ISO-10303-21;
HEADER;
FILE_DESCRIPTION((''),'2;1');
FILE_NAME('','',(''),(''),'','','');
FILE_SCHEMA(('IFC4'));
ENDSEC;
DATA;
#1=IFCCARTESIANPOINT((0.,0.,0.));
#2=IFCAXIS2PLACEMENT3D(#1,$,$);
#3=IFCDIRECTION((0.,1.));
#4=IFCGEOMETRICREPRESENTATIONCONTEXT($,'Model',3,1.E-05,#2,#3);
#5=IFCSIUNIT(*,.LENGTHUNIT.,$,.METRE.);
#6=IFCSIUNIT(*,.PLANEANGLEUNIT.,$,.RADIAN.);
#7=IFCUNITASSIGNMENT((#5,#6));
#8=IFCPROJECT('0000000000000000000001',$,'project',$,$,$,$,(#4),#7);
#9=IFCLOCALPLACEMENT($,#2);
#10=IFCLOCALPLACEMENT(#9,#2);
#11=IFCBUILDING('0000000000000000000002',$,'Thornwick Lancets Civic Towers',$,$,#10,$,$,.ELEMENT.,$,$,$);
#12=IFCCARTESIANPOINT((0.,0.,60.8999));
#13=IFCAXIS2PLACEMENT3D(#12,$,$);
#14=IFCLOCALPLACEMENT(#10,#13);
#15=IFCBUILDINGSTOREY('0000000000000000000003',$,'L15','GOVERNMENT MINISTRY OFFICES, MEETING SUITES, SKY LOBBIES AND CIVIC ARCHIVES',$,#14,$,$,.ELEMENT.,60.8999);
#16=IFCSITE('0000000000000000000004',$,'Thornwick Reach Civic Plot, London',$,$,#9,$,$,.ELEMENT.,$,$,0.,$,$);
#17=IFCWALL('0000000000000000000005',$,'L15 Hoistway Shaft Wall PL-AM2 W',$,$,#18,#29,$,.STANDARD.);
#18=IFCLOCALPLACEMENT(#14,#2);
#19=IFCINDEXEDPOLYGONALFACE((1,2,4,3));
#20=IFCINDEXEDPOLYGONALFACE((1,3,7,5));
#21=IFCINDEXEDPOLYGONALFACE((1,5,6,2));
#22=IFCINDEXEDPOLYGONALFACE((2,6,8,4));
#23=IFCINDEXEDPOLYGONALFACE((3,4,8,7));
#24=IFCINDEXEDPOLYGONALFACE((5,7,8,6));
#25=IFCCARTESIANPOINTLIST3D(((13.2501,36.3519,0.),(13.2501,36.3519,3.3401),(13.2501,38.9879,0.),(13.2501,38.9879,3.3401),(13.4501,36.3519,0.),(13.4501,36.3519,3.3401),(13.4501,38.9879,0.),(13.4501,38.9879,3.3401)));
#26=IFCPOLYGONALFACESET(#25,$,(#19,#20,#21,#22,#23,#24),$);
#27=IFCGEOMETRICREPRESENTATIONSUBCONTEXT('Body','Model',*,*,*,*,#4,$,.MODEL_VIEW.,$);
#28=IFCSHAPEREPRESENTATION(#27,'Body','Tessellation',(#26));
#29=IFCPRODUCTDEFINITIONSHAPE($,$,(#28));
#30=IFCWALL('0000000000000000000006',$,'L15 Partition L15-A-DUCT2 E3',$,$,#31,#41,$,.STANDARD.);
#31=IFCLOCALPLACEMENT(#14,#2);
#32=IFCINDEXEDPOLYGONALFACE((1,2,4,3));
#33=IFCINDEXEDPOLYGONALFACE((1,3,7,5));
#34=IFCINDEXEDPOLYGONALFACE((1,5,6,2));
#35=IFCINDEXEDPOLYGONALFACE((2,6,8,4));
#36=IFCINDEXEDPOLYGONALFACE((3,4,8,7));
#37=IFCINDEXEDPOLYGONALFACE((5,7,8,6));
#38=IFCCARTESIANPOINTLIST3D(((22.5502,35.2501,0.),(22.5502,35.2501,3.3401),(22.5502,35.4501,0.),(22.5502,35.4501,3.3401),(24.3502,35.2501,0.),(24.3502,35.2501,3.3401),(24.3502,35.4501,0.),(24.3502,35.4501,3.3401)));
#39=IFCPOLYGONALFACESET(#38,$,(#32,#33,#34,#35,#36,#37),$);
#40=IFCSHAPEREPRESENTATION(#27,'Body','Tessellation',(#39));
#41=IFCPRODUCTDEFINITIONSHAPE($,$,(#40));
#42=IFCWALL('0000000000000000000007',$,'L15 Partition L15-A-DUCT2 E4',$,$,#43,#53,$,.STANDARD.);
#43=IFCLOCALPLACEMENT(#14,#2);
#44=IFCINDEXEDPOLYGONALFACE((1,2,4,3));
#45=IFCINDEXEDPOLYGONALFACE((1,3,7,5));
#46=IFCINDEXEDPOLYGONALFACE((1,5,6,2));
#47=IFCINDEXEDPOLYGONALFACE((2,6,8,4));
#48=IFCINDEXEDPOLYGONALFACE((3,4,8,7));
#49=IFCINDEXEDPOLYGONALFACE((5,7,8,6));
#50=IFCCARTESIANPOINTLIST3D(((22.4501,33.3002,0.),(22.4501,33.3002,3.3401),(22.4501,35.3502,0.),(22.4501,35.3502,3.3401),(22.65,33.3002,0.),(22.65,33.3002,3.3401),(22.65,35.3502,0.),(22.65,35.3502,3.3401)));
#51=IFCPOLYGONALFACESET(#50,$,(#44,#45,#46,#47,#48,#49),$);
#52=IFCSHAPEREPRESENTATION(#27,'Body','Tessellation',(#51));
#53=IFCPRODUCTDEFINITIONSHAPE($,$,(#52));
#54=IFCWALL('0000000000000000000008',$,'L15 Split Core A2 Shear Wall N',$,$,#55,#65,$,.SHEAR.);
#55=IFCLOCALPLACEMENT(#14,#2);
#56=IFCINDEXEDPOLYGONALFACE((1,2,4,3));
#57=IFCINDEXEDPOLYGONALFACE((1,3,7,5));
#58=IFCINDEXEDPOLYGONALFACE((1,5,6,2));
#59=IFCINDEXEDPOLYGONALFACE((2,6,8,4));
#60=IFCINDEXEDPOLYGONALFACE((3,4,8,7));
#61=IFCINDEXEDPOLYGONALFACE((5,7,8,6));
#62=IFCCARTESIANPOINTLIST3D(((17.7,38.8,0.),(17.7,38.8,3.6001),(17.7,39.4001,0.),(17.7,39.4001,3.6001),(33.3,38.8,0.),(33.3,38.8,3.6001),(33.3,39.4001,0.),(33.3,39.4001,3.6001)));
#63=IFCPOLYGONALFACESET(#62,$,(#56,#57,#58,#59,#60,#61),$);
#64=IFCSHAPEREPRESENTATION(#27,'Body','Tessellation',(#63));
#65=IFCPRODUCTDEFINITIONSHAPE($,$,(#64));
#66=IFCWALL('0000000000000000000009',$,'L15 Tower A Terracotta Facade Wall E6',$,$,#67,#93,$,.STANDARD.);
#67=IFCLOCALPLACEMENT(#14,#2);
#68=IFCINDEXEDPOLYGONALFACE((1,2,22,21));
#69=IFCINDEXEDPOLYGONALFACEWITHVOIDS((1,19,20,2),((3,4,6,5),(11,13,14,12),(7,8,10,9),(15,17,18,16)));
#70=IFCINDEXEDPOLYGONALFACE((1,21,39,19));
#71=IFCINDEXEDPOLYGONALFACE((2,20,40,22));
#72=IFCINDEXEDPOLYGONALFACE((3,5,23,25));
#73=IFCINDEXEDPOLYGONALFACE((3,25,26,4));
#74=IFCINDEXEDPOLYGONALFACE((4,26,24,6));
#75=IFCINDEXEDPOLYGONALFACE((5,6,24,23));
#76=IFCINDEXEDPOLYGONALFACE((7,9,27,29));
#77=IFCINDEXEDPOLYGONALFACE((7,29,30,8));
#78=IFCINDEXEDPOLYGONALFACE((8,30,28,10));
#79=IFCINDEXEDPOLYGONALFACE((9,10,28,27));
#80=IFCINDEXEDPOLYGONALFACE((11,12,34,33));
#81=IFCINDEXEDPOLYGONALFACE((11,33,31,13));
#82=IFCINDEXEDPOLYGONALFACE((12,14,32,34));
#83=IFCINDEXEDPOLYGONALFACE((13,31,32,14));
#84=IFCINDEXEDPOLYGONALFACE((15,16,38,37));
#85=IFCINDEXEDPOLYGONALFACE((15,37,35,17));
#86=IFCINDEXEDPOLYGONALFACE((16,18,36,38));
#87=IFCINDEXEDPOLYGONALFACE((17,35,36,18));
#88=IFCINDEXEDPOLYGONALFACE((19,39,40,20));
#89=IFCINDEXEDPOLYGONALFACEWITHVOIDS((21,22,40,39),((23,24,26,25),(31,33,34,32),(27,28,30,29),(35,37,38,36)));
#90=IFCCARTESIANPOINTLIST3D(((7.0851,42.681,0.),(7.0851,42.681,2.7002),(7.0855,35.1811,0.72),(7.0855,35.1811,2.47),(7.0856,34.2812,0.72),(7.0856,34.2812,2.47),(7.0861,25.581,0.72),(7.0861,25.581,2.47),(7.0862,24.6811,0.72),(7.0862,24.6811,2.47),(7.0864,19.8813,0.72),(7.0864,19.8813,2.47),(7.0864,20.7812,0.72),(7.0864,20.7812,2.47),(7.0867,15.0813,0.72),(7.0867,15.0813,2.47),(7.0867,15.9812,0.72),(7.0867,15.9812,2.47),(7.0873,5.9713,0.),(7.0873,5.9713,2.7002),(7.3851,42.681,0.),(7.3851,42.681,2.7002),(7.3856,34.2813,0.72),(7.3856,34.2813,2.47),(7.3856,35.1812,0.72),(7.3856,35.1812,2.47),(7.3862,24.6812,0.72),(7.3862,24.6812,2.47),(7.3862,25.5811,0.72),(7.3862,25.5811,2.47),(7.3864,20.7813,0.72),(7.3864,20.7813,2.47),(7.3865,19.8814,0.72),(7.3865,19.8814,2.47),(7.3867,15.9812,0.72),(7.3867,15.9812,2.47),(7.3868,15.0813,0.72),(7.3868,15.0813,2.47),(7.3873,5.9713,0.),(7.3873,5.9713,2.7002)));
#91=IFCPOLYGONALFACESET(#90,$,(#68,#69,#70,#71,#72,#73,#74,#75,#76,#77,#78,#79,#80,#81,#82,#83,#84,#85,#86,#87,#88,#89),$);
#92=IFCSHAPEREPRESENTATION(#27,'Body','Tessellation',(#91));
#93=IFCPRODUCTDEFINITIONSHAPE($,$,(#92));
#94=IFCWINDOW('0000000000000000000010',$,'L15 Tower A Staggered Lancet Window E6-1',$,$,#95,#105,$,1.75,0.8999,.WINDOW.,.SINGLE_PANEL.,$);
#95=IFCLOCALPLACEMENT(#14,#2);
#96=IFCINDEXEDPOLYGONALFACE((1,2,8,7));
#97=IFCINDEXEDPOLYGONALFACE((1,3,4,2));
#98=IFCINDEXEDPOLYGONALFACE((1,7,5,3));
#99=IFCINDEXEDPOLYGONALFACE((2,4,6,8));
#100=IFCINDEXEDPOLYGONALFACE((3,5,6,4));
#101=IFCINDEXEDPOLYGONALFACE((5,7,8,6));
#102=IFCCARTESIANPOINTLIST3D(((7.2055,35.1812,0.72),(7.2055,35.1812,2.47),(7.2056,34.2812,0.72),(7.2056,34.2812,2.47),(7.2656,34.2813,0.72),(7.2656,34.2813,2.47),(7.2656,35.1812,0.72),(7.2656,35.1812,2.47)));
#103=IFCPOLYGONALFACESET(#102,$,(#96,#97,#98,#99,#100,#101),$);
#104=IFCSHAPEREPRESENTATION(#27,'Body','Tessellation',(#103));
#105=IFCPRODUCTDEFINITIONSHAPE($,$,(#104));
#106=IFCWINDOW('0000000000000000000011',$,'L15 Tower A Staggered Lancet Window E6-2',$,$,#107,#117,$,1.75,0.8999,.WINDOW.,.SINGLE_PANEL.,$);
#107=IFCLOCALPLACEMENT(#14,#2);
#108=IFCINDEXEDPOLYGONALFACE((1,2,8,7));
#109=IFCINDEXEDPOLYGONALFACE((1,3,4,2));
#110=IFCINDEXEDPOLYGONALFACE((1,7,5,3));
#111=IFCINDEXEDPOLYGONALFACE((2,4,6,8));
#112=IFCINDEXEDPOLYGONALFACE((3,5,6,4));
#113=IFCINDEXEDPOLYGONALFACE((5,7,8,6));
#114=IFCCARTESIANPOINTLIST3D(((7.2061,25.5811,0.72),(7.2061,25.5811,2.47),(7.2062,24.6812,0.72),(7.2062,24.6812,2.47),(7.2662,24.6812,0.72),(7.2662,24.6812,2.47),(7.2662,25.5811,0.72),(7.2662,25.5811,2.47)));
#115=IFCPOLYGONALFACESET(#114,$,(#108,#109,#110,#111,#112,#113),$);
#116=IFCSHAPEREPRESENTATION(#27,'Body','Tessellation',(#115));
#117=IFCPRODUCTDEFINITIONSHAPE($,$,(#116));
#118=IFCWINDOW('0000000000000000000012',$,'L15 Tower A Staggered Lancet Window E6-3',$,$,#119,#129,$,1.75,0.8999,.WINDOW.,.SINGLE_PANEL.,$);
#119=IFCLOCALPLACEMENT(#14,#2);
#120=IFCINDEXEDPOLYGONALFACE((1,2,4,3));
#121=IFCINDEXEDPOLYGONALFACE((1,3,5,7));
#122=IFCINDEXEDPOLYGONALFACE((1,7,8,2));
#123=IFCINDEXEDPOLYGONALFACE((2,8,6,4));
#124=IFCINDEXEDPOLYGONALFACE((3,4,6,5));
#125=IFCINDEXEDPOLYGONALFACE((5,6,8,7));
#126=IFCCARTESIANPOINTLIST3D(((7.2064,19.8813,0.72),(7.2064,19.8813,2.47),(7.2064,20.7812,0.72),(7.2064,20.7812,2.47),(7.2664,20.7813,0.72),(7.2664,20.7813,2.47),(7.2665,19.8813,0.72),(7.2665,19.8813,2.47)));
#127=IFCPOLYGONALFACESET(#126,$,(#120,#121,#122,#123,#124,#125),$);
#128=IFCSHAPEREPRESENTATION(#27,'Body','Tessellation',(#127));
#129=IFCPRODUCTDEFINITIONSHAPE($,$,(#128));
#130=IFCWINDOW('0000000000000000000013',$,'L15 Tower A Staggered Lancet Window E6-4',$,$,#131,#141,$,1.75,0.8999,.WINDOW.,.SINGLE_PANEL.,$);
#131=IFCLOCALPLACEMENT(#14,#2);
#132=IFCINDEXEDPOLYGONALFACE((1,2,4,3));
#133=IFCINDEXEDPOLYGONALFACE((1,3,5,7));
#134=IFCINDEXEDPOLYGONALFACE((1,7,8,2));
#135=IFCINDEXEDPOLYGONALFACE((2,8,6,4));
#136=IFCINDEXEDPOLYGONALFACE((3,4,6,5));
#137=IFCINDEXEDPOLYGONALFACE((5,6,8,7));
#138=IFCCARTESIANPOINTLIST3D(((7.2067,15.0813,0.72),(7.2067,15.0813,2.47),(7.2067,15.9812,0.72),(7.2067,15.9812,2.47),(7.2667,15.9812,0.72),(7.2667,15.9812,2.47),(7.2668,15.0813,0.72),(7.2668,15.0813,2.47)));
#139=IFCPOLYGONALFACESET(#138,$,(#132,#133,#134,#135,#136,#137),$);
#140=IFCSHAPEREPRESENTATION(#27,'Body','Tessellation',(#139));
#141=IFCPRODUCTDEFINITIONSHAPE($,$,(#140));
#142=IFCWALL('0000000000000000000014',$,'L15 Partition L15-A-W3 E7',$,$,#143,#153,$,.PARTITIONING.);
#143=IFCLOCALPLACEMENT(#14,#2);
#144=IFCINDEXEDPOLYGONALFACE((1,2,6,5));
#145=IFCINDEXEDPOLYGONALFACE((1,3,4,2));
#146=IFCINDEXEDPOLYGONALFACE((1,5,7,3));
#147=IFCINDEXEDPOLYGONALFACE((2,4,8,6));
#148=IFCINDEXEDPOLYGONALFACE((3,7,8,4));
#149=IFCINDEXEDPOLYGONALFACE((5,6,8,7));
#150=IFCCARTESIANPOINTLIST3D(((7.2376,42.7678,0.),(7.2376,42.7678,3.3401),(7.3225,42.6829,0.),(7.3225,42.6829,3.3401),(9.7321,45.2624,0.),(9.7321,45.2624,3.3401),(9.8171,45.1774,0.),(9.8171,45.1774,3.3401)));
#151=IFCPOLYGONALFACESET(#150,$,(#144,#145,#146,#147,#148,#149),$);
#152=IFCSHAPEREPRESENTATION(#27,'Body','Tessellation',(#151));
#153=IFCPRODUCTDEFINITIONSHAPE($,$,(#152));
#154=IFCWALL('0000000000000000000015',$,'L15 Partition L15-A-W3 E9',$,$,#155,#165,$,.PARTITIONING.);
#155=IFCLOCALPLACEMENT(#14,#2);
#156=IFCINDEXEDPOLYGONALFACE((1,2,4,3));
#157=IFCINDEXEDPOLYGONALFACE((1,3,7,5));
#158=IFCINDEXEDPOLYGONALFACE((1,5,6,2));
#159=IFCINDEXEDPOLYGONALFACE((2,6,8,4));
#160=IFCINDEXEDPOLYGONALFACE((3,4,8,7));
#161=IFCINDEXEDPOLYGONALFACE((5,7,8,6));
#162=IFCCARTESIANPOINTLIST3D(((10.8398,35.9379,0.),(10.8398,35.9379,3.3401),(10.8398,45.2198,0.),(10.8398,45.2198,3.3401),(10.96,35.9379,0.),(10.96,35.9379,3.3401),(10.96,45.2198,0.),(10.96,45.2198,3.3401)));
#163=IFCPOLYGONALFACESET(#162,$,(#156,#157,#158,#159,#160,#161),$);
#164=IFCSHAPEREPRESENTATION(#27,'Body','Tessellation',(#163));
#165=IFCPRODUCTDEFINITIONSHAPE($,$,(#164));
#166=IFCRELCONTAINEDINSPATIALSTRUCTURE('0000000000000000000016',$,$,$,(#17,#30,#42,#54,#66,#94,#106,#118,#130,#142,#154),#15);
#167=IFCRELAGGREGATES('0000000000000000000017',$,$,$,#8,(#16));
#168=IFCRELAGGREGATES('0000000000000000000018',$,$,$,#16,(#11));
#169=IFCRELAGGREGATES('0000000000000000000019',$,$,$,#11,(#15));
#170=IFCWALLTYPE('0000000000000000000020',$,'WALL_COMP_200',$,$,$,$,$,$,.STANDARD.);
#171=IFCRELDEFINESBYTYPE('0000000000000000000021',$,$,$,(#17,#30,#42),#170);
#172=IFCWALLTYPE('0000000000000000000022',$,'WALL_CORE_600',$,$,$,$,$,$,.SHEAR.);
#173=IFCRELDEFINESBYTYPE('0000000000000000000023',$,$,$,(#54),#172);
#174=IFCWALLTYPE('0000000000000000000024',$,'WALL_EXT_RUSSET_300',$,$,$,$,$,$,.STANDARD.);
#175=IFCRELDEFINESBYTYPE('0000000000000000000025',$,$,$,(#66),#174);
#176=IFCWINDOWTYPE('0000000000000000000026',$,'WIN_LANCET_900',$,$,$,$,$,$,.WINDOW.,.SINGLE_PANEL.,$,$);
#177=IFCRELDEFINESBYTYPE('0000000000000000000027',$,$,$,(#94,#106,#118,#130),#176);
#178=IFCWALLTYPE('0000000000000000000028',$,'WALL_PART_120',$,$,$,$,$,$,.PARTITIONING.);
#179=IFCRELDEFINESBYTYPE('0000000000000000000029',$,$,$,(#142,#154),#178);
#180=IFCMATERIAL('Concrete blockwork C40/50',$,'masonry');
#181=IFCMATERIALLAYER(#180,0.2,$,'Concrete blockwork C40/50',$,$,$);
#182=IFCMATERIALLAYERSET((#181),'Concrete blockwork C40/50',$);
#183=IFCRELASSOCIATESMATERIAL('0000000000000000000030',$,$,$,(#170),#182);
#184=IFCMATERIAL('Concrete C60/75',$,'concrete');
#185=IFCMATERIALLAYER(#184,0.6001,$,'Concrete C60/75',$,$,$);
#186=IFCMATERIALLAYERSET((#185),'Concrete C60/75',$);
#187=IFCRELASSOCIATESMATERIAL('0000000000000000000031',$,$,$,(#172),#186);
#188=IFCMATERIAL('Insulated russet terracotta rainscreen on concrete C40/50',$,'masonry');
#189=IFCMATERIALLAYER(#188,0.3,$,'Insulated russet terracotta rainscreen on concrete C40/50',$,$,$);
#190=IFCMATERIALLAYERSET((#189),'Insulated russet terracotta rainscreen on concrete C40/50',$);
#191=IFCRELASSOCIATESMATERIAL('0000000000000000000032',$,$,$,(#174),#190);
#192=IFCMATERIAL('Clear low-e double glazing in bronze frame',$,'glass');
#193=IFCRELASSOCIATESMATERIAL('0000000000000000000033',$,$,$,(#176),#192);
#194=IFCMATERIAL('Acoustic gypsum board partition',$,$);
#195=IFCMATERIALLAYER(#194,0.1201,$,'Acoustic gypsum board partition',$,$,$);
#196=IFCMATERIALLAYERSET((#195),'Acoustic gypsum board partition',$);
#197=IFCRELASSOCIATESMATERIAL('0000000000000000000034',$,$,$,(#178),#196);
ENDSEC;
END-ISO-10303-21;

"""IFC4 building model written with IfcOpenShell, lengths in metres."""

from ifc_helpers import new_model, si_unit, direction, frame, frame_2d, origin, place, context, subcontext, project, spatial, rectangle, extrude, material, layer, layer_set, type_object, element, fill, save


model = new_model("IFC4")

# Units and contexts
model_context = context("Model", 3, precision=1e-05, world=origin(), true_north=direction((0.0, 1.0)))
body_context = subcontext(model_context, "Body", "Model", "MODEL_VIEW")
ifc_project = project(units=[si_unit("LENGTHUNIT", "METRE"), si_unit("PLANEANGLEUNIT", "RADIAN")], contexts=[model_context])

# Site, building, storey
site_placement = place(None, origin())
site = spatial("IfcSite", under=ifc_project, at=site_placement, Name="Thornwick Reach Civic Plot, London", CompositionType="ELEMENT", RefElevation=0.0)
building_placement = place(site_placement, origin())
building = spatial("IfcBuilding", under=site, at=building_placement, Name="Thornwick Lancets Civic Towers", CompositionType="ELEMENT")
storey_placement = place(building_placement, frame((0.0, 0.0, 60.8999)))
storey = spatial("IfcBuildingStorey", under=building, at=storey_placement, Name="L15", Description="GOVERNMENT MINISTRY OFFICES, MEETING SUITES, SKY LOBBIES AND CIVIC ARCHIVES", CompositionType="ELEMENT", Elevation=60.8999)

# Shared definitions
ifc_material_1 = material(Name="Concrete C60/75", Category="concrete")

# Shared definitions
ifc_material_2 = material(Name="Concrete blockwork C40/50", Category="masonry")
ifc_layer_1 = layer(ifc_material_2, 0.2, Name="Concrete blockwork C40/50")
ifc_layer_set_1 = layer_set([ifc_layer_1], Name="Concrete blockwork C40/50")
wall_type_1 = type_object("IfcWallType", Name="WALL_COMP_200", PredefinedType="STANDARD", material=ifc_layer_set_1)

# Walls
for number, where, z_axis, x_axis, name in (
    (1, (13.3501, 36.3521, 0.0), (0.0, 0.0, 1.0), (0.0, 1.0, 0.0), "L15 Hoistway Shaft Wall PL-AM2 W"),
):
    element("IfcWall", number, at=place(storey_placement, frame(where, z_axis=z_axis, x_axis=x_axis)), inside=storey, type_object=wall_type_1, Name=name, PredefinedType="STANDARD", context=body_context, shape_type="SweptSolid", body=[
        extrude(rectangle(XDim=2.636, YDim=0.2, at=frame_2d((1.3179, 0.0))), origin(), (0.0, 0.0, 1.0), 3.3401),
    ])
wall_1_placement = place(storey_placement, frame((24.3501, 35.3501, 0.0), z_axis=(0.0, 0.0, 1.0), x_axis=(-1.0, 0.0, 0.0)))
element("IfcWall", 2, at=wall_1_placement, inside=storey, type_object=wall_type_1, Name="L15 Partition L15-A-DUCT2 E3", PredefinedType="STANDARD", context=body_context, shape_type="SweptSolid", body=[
    extrude(rectangle(XDim=1.8, YDim=0.2, at=frame_2d((0.8999, 0.0))), origin(), (0.0, 0.0, 1.0), 3.3401),
])
wall_2_placement = place(storey_placement, frame((22.55, 35.3501, 0.0), z_axis=(0.0, 0.0, 1.0), x_axis=(0.0, -1.0, 0.0)))
element("IfcWall", 3, at=wall_2_placement, inside=storey, type_object=wall_type_1, Name="L15 Partition L15-A-DUCT2 E4", PredefinedType="STANDARD", context=body_context, shape_type="SweptSolid", body=[
    extrude(rectangle(XDim=2.05, YDim=0.2, at=frame_2d((1.0249, 0.0))), origin(), (0.0, 0.0, 1.0), 3.3401),
])
ifc_layer_2 = layer(ifc_material_1, 0.6001, Name="Concrete C60/75")
ifc_layer_set_2 = layer_set([ifc_layer_2], Name="Concrete C60/75")
wall_type_2 = type_object("IfcWallType", Name="WALL_CORE_600", PredefinedType="SHEAR", material=ifc_layer_set_2)
wall_3_placement = place(storey_placement, frame((17.7, 39.1001, 0.0), z_axis=(0.0, 0.0, 1.0), x_axis=(1.0, 0.0, 0.0)))
element("IfcWall", 4, at=wall_3_placement, inside=storey, type_object=wall_type_2, Name="L15 Split Core A2 Shear Wall N", PredefinedType="SHEAR", context=body_context, shape_type="SweptSolid", body=[
    extrude(rectangle(XDim=15.6001, YDim=0.6001, at=frame_2d((7.8, 0.0))), origin(), (0.0, 0.0, 1.0), 3.6001),
])

# Wall, openings, windows
ifc_material_3 = material(Name="Insulated russet terracotta rainscreen on concrete C40/50", Category="masonry")
ifc_layer_3 = layer(ifc_material_3, 0.3, Name="Insulated russet terracotta rainscreen on concrete C40/50")
ifc_layer_set_3 = layer_set([ifc_layer_3], Name="Insulated russet terracotta rainscreen on concrete C40/50")
wall_type_3 = type_object("IfcWallType", Name="WALL_EXT_RUSSET_300", PredefinedType="STANDARD", material=ifc_layer_set_3)
wall_4_placement = place(storey_placement, frame((7.2351, 42.6812, 0.0), z_axis=(0.0, 0.0, 1.0), x_axis=(0.00006, -1.0, 0.0)))
wall_4 = element("IfcWall", 5, at=wall_4_placement, inside=storey, type_object=wall_type_3, Name="L15 Tower A Terracotta Facade Wall E6", PredefinedType="STANDARD", context=body_context, shape_type="SweptSolid", body=[
    extrude(rectangle(XDim=36.7097, YDim=0.3, at=frame_2d((18.355, 0.0))), origin(), (0.0, 0.0, 1.0), 2.7002),
])
opening_1_placement = place(wall_4_placement, frame((7.5, 0.0, 0.72)))
opening_1 = element("IfcOpeningElement", 6, at=opening_1_placement, cuts=wall_4, PredefinedType="OPENING", context=body_context, shape_type="SweptSolid", body=[
    extrude(rectangle(XDim=0.8999, YDim=1.75, at=frame_2d((0.45, 0.875))), frame((0.0, 0.1602, 0.0), z_axis=(0.0, -1.0, 0.0), x_axis=(1.0, 0.0, 0.0)), (0.0, 0.0, 1.0), 0.3201),
])
opening_2_placement = place(wall_4_placement, frame((17.1001, 0.0, 0.72)))
opening_2 = element("IfcOpeningElement", 7, at=opening_2_placement, cuts=wall_4, PredefinedType="OPENING", context=body_context, shape_type="SweptSolid", body=[
    extrude(rectangle(XDim=0.8999, YDim=1.75, at=frame_2d((0.45, 0.875))), frame((0.0, 0.1602, 0.0), z_axis=(0.0, -1.0, 0.0), x_axis=(1.0, 0.0, 0.0)), (0.0, 0.0, 1.0), 0.3201),
])
opening_3_placement = place(wall_4_placement, frame((21.8999, 0.0, 0.72)))
opening_3 = element("IfcOpeningElement", 8, at=opening_3_placement, cuts=wall_4, PredefinedType="OPENING", context=body_context, shape_type="SweptSolid", body=[
    extrude(rectangle(XDim=0.8999, YDim=1.75, at=frame_2d((0.45, 0.875))), frame((0.0, 0.1602, 0.0), z_axis=(0.0, -1.0, 0.0), x_axis=(1.0, 0.0, 0.0)), (0.0, 0.0, 1.0), 0.3201),
])
opening_4_placement = place(wall_4_placement, frame((26.7, 0.0, 0.72)))
opening_4 = element("IfcOpeningElement", 9, at=opening_4_placement, cuts=wall_4, PredefinedType="OPENING", context=body_context, shape_type="SweptSolid", body=[
    extrude(rectangle(XDim=0.8999, YDim=1.75, at=frame_2d((0.45, 0.875))), frame((0.0, 0.1602, 0.0), z_axis=(0.0, -1.0, 0.0), x_axis=(1.0, 0.0, 0.0)), (0.0, 0.0, 1.0), 0.3201),
])
ifc_material_4 = material(Name="Clear low-e double glazing in bronze frame", Category="glass")
window_type = type_object("IfcWindowType", Name="WIN_LANCET_900", PartitioningType="SINGLE_PANEL", PredefinedType="WINDOW", material=ifc_material_4)
window_1_placement = place(opening_1_placement, origin())
window_1 = element("IfcWindow", 10, at=window_1_placement, inside=storey, type_object=window_type, Name="L15 Tower A Staggered Lancet Window E6-1", OverallHeight=1.75, OverallWidth=0.8999, PartitioningType="SINGLE_PANEL", PredefinedType="WINDOW", context=body_context, shape_type="SweptSolid", body=[
    extrude(rectangle(XDim=0.8999, YDim=1.75, at=frame_2d((0.45, 0.875))), frame((0.0, 0.03, 0.0), z_axis=(0.0, -1.0, 0.0), x_axis=(1.0, 0.0, 0.0)), (0.0, 0.0, 1.0), 0.0601),
])
fill(opening_1, window_1)
window_2_placement = place(opening_2_placement, origin())
window_2 = element("IfcWindow", 11, at=window_2_placement, inside=storey, type_object=window_type, Name="L15 Tower A Staggered Lancet Window E6-2", OverallHeight=1.75, OverallWidth=0.8999, PartitioningType="SINGLE_PANEL", PredefinedType="WINDOW", context=body_context, shape_type="SweptSolid", body=[
    extrude(rectangle(XDim=0.8999, YDim=1.75, at=frame_2d((0.45, 0.875))), frame((0.0, 0.03, 0.0), z_axis=(0.0, -1.0, 0.0), x_axis=(1.0, 0.0, 0.0)), (0.0, 0.0, 1.0), 0.0601),
])
fill(opening_2, window_2)
window_3_placement = place(opening_3_placement, origin())
window_3 = element("IfcWindow", 12, at=window_3_placement, inside=storey, type_object=window_type, Name="L15 Tower A Staggered Lancet Window E6-3", OverallHeight=1.75, OverallWidth=0.8999, PartitioningType="SINGLE_PANEL", PredefinedType="WINDOW", context=body_context, shape_type="SweptSolid", body=[
    extrude(rectangle(XDim=0.8999, YDim=1.75, at=frame_2d((0.45, 0.875))), frame((0.0, 0.03, 0.0), z_axis=(0.0, -1.0, 0.0), x_axis=(1.0, 0.0, 0.0)), (0.0, 0.0, 1.0), 0.0601),
])
fill(opening_3, window_3)
window_4_placement = place(opening_4_placement, origin())
window_4 = element("IfcWindow", 13, at=window_4_placement, inside=storey, type_object=window_type, Name="L15 Tower A Staggered Lancet Window E6-4", OverallHeight=1.75, OverallWidth=0.8999, PartitioningType="SINGLE_PANEL", PredefinedType="WINDOW", context=body_context, shape_type="SweptSolid", body=[
    extrude(rectangle(XDim=0.8999, YDim=1.75, at=frame_2d((0.45, 0.875))), frame((0.0, 0.03, 0.0), z_axis=(0.0, -1.0, 0.0), x_axis=(1.0, 0.0, 0.0)), (0.0, 0.0, 1.0), 0.0601),
])
fill(opening_4, window_4)

# Walls
ifc_material_5 = material(Name="Acoustic gypsum board partition")
ifc_layer_4 = layer(ifc_material_5, 0.1201, Name="Acoustic gypsum board partition")
ifc_layer_set_4 = layer_set([ifc_layer_4], Name="Acoustic gypsum board partition")
wall_type_4 = type_object("IfcWallType", Name="WALL_PART_120", PredefinedType="PARTITIONING", material=ifc_layer_set_4)
wall_5_placement = place(storey_placement, frame((7.28, 42.7253, 0.0), z_axis=(0.0, 0.0, 1.0), x_axis=(0.707107, 0.707107, 0.0)))
element("IfcWall", 14, at=wall_5_placement, inside=storey, type_object=wall_type_4, Name="L15 Partition L15-A-W3 E7", PredefinedType="PARTITIONING", context=body_context, shape_type="SweptSolid", body=[
    extrude(rectangle(XDim=3.5278, YDim=0.1201, at=frame_2d((1.7639, 0.0))), origin(), (0.0, 0.0, 1.0), 3.3401),
])
wall_6_placement = place(storey_placement, frame((10.8999, 45.22, 0.0), z_axis=(0.0, 0.0, 1.0), x_axis=(0.0, -1.0, 0.0)))
element("IfcWall", 15, at=wall_6_placement, inside=storey, type_object=wall_type_4, Name="L15 Partition L15-A-W3 E9", PredefinedType="PARTITIONING", context=body_context, shape_type="SweptSolid", body=[
    extrude(rectangle(XDim=9.282, YDim=0.1201, at=frame_2d((4.6411, 0.0))), origin(), (0.0, 0.0, 1.0), 3.3401),
])

save(model, "model.ifc")
